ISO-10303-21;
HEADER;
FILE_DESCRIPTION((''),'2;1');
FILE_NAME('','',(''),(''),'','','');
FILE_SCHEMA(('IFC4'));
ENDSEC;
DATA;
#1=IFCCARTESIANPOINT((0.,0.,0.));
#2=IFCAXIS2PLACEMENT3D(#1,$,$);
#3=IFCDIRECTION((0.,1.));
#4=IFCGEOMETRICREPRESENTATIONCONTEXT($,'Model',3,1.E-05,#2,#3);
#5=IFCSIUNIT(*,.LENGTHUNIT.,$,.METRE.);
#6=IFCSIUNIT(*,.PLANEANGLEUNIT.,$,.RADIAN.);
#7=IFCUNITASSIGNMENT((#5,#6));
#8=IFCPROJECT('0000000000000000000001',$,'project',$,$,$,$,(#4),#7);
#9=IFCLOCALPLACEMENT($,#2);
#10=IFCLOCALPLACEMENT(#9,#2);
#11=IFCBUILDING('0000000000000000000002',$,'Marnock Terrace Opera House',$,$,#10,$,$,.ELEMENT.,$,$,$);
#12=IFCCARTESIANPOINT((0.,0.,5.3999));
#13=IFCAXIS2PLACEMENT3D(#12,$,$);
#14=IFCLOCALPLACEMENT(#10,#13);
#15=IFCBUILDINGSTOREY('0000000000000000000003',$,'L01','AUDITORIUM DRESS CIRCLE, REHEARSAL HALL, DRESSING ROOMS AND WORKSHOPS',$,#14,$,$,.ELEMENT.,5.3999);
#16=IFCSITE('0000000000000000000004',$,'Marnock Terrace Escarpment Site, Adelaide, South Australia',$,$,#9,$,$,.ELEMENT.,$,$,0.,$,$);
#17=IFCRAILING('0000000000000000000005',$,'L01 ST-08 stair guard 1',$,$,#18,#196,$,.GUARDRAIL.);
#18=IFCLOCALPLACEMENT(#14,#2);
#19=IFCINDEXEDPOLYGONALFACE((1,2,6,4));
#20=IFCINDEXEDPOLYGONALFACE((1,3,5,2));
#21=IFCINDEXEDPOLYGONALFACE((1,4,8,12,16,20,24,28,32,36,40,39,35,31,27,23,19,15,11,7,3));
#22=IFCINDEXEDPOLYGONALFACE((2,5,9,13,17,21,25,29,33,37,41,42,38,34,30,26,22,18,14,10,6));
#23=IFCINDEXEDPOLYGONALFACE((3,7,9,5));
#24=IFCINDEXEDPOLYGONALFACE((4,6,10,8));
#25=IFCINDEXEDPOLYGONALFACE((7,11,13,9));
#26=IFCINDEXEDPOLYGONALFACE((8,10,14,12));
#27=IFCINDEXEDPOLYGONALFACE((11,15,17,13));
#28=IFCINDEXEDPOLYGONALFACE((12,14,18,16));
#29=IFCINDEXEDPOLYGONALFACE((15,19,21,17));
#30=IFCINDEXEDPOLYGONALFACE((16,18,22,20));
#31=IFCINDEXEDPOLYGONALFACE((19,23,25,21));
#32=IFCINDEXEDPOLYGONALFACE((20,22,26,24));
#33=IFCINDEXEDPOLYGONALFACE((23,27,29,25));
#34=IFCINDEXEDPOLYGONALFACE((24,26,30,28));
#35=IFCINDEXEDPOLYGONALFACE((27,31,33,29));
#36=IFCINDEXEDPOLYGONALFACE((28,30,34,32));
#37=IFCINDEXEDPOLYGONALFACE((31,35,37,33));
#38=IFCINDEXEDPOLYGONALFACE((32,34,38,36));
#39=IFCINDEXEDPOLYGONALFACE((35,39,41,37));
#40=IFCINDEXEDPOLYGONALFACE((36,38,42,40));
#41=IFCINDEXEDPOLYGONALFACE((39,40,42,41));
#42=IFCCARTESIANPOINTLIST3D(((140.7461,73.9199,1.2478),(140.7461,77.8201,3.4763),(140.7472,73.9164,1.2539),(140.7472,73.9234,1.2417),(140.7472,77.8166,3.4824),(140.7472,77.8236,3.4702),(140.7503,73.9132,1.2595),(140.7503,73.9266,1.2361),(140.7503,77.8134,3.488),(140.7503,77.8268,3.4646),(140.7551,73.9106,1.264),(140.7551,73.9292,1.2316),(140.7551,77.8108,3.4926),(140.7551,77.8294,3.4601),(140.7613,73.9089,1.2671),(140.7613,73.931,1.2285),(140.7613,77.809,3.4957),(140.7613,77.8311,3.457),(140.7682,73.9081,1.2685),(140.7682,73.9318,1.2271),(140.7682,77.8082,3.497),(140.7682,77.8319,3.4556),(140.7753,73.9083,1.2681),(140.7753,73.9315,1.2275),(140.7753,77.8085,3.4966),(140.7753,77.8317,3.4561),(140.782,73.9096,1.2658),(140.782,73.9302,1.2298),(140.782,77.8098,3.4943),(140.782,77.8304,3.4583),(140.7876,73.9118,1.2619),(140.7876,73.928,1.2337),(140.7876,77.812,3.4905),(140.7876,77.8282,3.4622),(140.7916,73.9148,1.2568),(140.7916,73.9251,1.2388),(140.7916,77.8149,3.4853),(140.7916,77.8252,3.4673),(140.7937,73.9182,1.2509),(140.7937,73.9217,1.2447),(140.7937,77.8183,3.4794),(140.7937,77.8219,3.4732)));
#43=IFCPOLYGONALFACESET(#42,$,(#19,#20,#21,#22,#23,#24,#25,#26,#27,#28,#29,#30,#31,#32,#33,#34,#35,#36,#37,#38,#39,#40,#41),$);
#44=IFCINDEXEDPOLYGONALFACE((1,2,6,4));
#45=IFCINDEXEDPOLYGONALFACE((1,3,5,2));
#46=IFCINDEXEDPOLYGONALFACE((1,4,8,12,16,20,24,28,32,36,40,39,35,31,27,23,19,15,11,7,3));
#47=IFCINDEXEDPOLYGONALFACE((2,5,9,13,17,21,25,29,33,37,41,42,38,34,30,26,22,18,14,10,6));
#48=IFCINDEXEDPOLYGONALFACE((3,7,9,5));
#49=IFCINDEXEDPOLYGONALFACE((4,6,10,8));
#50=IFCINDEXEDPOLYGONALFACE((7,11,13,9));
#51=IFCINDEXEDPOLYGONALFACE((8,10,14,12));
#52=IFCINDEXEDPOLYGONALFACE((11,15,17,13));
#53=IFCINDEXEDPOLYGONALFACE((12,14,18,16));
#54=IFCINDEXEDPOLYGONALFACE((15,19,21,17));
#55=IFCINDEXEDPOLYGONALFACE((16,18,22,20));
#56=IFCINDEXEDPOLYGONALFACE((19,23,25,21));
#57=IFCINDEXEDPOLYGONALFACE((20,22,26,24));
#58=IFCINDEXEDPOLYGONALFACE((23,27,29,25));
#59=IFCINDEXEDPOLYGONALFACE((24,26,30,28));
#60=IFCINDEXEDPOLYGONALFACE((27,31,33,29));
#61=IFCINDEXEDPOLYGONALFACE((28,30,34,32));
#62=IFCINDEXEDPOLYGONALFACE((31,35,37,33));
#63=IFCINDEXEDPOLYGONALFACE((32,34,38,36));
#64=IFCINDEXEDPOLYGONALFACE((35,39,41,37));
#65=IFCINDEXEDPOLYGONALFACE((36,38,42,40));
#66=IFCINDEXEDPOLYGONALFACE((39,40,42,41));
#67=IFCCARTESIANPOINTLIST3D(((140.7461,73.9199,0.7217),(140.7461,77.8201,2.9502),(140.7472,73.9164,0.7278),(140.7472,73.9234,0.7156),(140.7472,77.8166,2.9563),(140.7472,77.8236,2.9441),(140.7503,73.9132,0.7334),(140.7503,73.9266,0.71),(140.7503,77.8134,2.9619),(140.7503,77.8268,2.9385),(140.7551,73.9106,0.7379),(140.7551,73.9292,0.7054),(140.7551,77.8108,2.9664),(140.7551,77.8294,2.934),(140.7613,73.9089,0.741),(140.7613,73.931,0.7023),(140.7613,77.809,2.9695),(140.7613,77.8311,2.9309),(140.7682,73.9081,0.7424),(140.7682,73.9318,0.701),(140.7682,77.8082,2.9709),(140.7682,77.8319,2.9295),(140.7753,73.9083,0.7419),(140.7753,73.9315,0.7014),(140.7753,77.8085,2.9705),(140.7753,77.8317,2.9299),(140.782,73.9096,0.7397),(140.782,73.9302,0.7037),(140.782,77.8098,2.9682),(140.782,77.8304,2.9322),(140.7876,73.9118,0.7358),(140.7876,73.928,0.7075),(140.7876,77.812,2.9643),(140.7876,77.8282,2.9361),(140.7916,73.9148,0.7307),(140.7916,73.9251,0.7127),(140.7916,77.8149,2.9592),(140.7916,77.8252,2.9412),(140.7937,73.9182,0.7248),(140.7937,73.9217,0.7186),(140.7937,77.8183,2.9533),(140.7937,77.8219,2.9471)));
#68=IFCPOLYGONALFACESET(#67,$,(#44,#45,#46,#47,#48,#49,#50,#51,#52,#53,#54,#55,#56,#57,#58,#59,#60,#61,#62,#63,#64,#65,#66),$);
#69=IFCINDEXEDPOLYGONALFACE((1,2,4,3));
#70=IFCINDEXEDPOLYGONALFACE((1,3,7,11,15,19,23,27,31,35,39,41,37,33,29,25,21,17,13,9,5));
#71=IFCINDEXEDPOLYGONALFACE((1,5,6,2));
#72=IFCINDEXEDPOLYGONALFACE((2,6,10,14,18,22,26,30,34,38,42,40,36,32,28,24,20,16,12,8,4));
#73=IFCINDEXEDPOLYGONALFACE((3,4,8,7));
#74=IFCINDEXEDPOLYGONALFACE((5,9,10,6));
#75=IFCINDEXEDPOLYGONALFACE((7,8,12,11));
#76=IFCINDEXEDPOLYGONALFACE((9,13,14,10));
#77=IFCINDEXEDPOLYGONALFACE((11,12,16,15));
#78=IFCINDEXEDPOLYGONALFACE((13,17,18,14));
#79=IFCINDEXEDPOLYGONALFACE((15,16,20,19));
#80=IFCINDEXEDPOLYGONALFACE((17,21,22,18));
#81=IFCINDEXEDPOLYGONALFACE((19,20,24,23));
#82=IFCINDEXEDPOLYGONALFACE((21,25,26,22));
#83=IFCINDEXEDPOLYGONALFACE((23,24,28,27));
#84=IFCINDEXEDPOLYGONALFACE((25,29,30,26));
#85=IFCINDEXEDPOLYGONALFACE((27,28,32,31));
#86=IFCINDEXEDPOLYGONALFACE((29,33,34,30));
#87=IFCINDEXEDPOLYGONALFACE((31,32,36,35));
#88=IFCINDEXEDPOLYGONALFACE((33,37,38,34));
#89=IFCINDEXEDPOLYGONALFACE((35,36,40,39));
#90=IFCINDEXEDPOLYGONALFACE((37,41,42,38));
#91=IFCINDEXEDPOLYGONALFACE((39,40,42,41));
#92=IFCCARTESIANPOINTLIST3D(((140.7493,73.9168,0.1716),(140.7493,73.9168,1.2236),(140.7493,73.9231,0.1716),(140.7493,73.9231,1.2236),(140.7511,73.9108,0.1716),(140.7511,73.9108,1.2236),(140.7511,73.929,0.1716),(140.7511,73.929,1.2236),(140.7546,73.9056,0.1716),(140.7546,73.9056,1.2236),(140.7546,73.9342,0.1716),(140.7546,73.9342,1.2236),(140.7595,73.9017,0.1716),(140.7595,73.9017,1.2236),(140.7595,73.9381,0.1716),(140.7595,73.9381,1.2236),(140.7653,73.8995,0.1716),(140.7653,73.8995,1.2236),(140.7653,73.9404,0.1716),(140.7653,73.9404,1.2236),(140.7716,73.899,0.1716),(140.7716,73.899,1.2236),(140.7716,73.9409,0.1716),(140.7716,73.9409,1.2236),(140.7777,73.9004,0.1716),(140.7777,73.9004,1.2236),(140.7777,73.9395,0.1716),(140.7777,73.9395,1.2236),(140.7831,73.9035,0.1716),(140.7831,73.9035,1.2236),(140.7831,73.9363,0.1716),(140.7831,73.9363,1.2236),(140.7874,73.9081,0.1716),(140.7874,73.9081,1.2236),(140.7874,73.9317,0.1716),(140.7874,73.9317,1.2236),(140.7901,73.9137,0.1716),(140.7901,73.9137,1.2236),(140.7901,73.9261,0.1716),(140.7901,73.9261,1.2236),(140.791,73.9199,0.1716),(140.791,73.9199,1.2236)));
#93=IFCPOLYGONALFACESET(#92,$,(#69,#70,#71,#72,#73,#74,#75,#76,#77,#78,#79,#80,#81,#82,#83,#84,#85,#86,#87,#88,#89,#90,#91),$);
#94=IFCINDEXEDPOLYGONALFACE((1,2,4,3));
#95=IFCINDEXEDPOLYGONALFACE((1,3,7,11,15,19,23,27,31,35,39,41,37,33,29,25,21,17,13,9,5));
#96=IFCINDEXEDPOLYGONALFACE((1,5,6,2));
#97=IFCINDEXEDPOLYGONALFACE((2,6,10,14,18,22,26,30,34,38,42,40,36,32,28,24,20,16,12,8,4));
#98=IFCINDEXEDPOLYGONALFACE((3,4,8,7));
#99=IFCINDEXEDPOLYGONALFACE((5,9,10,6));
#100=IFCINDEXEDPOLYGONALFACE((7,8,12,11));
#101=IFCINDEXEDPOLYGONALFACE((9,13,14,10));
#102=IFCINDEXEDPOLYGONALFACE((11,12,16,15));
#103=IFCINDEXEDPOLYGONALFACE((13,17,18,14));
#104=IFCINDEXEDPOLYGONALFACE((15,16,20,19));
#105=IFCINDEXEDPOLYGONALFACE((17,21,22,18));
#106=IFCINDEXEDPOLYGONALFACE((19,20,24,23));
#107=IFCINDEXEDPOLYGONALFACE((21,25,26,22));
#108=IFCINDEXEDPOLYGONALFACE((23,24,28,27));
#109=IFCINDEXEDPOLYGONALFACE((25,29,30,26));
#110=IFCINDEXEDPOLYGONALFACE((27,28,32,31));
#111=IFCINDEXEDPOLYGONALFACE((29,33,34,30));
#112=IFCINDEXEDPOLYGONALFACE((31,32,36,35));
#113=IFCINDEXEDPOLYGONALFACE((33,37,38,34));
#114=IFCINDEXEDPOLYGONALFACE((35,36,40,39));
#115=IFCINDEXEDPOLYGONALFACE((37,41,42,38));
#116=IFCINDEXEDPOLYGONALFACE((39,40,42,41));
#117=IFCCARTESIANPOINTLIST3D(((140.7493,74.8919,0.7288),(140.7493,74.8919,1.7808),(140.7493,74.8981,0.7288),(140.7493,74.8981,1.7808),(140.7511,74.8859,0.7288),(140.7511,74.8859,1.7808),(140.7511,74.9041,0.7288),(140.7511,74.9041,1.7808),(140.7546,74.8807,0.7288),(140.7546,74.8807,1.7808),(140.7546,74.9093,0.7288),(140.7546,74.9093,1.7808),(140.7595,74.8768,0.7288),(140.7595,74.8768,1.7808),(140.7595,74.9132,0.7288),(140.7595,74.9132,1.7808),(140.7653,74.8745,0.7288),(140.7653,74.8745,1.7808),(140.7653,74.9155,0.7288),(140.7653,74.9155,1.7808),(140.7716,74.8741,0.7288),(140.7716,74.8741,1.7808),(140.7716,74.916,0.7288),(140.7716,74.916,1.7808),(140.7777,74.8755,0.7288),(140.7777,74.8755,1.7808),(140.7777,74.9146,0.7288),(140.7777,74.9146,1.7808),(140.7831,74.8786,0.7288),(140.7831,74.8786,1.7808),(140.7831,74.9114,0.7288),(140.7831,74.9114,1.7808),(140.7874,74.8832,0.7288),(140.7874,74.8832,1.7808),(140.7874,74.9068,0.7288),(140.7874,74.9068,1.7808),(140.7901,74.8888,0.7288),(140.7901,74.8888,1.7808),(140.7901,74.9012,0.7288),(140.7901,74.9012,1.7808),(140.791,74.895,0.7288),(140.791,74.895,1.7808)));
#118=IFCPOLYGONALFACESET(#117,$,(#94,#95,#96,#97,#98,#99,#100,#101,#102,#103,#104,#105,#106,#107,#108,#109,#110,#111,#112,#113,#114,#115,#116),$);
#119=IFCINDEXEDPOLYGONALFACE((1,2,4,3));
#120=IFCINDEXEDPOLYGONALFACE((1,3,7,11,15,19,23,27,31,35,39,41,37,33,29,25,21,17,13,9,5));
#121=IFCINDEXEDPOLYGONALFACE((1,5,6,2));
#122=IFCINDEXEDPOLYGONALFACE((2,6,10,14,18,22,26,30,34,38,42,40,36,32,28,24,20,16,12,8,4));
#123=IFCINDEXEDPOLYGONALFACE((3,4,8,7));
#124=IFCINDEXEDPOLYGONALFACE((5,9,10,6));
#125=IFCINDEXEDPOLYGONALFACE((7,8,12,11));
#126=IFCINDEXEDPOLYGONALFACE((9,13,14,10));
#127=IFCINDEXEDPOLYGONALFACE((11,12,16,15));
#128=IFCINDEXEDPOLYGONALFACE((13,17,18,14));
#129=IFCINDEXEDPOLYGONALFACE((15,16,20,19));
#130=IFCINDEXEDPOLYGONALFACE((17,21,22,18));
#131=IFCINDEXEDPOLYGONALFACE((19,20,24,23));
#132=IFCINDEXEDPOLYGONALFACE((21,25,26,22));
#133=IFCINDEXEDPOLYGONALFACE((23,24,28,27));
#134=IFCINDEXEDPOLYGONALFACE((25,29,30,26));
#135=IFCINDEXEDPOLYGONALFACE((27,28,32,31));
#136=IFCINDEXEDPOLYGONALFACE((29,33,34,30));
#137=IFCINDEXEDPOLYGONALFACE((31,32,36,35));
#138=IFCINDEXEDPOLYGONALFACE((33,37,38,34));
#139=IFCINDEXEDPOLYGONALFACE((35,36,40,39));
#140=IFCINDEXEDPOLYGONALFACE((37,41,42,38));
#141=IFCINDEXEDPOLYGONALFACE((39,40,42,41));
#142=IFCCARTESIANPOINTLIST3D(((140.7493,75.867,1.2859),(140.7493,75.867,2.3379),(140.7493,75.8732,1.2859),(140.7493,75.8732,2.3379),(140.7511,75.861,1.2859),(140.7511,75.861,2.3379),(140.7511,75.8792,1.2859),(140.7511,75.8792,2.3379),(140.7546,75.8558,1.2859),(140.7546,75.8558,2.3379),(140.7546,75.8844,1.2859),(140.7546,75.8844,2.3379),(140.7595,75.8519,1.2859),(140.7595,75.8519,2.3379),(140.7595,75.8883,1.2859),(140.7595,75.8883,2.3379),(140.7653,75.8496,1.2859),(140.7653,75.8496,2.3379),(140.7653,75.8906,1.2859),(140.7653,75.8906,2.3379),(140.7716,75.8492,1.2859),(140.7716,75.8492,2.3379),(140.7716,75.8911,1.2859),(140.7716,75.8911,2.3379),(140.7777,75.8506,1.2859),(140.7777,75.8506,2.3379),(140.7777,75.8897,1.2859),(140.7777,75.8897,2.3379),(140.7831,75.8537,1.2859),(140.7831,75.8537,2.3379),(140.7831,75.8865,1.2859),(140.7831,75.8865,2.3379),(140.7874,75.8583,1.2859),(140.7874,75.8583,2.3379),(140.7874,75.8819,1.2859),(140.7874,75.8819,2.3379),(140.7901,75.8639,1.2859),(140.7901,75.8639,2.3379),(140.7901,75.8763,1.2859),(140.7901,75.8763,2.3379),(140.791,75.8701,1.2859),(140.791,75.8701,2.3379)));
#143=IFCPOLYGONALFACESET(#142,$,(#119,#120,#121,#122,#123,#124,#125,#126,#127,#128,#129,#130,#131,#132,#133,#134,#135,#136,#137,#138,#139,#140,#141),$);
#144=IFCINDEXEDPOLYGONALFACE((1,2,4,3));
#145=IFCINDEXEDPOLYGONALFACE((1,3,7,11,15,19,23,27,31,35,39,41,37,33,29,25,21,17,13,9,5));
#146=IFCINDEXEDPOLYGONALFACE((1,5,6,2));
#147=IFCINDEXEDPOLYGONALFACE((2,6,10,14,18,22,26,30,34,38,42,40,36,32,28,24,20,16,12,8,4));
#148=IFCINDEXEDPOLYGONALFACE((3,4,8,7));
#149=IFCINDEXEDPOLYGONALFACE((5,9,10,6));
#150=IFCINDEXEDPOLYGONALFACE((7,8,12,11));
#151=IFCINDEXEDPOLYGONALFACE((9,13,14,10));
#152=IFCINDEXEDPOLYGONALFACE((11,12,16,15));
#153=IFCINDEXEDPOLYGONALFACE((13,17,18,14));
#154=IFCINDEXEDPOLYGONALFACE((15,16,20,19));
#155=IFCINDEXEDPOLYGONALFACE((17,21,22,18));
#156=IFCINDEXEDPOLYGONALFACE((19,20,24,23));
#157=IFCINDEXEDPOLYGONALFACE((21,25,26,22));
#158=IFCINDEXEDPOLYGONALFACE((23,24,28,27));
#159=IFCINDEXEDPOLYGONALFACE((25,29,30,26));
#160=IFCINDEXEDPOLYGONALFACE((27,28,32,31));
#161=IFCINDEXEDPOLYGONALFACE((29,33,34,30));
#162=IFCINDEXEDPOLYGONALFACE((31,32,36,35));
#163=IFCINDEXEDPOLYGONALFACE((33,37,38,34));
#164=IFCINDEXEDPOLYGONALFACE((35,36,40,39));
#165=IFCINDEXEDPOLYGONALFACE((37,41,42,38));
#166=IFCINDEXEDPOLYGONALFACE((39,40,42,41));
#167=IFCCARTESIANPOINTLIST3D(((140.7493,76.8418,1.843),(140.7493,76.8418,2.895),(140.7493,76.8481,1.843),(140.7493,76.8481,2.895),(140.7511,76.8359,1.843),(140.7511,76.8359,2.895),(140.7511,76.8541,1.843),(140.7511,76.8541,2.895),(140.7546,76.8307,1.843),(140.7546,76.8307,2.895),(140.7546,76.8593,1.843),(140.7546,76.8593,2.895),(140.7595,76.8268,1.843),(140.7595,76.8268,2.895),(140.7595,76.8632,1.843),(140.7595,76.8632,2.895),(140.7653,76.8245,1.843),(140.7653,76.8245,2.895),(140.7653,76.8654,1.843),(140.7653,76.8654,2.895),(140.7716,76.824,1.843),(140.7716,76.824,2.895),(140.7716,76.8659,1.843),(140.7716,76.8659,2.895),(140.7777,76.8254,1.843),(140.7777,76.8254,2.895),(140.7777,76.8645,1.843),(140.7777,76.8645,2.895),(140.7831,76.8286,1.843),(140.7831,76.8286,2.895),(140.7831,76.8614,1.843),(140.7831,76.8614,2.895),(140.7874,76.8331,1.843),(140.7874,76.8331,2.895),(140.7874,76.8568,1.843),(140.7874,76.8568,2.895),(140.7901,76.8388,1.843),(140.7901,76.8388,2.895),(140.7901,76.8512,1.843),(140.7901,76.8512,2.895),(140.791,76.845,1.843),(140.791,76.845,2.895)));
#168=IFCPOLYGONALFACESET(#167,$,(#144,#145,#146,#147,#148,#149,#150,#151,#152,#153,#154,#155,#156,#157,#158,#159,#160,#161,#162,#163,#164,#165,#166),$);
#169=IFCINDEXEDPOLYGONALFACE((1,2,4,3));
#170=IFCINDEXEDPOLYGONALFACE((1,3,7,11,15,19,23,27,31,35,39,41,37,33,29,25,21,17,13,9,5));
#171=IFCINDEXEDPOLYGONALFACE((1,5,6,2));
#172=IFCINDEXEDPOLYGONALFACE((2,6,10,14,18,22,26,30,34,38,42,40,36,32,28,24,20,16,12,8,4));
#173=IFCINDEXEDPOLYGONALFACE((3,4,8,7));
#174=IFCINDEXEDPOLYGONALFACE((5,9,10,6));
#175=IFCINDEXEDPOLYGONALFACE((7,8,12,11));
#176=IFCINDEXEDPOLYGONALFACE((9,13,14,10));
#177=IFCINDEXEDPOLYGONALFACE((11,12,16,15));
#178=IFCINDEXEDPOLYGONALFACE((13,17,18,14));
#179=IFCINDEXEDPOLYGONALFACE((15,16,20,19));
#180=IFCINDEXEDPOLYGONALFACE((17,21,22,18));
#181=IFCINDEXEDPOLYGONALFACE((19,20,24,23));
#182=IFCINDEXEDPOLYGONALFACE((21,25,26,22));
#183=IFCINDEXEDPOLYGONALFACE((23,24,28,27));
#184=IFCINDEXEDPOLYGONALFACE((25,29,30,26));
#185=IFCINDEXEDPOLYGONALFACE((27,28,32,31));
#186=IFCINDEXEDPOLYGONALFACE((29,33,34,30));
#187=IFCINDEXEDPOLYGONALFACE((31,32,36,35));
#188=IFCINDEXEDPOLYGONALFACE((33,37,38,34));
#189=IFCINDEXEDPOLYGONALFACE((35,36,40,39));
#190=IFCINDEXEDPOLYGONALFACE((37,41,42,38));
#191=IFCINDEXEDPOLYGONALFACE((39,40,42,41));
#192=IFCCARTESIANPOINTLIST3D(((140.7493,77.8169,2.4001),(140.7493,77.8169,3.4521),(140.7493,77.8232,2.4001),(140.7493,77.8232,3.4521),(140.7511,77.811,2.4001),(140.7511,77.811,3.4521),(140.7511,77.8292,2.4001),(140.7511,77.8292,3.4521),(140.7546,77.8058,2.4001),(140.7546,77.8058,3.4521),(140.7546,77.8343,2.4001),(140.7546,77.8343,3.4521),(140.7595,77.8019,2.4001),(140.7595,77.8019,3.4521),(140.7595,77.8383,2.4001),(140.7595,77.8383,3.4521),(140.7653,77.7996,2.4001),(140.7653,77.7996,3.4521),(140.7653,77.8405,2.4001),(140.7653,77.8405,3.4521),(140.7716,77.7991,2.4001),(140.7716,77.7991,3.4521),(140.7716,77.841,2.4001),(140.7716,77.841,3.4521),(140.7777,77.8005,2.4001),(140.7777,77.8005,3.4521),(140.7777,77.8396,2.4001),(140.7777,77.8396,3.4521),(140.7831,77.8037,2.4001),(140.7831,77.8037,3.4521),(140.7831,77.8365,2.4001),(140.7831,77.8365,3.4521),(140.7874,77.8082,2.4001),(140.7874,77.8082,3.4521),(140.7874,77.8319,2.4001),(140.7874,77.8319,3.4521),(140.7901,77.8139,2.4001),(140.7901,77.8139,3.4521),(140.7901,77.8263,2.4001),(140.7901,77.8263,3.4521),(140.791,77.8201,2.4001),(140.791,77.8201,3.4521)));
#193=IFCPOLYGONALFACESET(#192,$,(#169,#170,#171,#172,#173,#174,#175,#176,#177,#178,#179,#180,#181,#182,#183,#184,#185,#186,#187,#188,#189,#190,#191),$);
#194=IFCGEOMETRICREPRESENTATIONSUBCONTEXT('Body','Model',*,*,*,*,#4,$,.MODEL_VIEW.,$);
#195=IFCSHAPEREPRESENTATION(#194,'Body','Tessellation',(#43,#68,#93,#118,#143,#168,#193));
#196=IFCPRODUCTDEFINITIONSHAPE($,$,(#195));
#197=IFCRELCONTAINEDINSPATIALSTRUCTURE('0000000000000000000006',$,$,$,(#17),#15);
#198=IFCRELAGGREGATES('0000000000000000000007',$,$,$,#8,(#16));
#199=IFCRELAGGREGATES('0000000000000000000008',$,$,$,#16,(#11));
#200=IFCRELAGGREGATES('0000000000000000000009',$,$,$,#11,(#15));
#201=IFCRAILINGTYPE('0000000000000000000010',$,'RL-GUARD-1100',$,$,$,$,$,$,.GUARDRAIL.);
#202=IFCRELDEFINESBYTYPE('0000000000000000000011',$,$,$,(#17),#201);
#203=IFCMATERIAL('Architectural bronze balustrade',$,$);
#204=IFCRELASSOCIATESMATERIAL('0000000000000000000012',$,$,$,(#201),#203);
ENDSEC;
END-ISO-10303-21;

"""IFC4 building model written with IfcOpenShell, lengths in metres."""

from ifc_helpers import new_model, si_unit, direction, frame, origin, origin_2d, place, context, subcontext, project, spatial, circle, extrude, material, type_object, element, save


model = new_model("IFC4")

# Units and contexts
model_context = context("Model", 3, precision=1e-05, world=origin(), true_north=direction((0.0, 1.0)))
body_context = subcontext(model_context, "Body", "Model", "MODEL_VIEW")
ifc_project = project(units=[si_unit("LENGTHUNIT", "METRE"), si_unit("PLANEANGLEUNIT", "RADIAN")], contexts=[model_context])

# Site, building, storey
site_placement = place(None, origin())
site = spatial("IfcSite", under=ifc_project, at=site_placement, Name="Marnock Terrace Escarpment Site, Adelaide, South Australia", CompositionType="ELEMENT", RefElevation=0.0)
building_placement = place(site_placement, origin())
building = spatial("IfcBuilding", under=site, at=building_placement, Name="Marnock Terrace Opera House", CompositionType="ELEMENT")
storey_placement = place(building_placement, frame((0.0, 0.0, 5.3999)))
storey = spatial("IfcBuildingStorey", under=building, at=storey_placement, Name="L01", Description="AUDITORIUM DRESS CIRCLE, REHEARSAL HALL, DRESSING ROOMS AND WORKSHOPS", CompositionType="ELEMENT", Elevation=5.3999)

# Railing
ifc_material_1 = material(Name="Architectural bronze balustrade")
railing_type_1 = type_object("IfcRailingType", Name="RL-GUARD-1100", PredefinedType="GUARDRAIL", material=ifc_material_1)
railing_1_placement = place(storey_placement, frame((140.77, 73.9199, 0.1716)))
element("IfcRailing", 1, at=railing_1_placement, inside=storey, type_object=railing_type_1, Name="L01 ST-08 stair guard 1", PredefinedType="GUARDRAIL", context=body_context, shape_type="SweptSolid", body=[
    extrude(circle(Radius=0.0239, at=origin_2d()), frame((0.0, 0.0, 1.0762), z_axis=(0.0, 0.868257, 0.496116), x_axis=(-1.0, 0.0, 0.0)), (0.0, 0.0, 1.0), 4.4919),
    extrude(circle(Radius=0.0239, at=origin_2d()), frame((0.0, 0.0, 0.55), z_axis=(0.0, 0.868257, 0.496116), x_axis=(-1.0, 0.0, 0.0)), (0.0, 0.0, 1.0), 4.4919),
    extrude(circle(Radius=0.021, at=origin_2d()), origin(), (0.0, 0.0, 1.0), 1.052),
    extrude(circle(Radius=0.021, at=origin_2d()), frame((0.0, 0.9751, 0.5571)), (0.0, 0.0, 1.0), 1.052),
    extrude(circle(Radius=0.021, at=origin_2d()), frame((0.0, 1.9502, 1.1143)), (0.0, 0.0, 1.0), 1.052),
    extrude(circle(Radius=0.021, at=origin_2d()), frame((0.0, 2.925, 1.6714)), (0.0, 0.0, 1.0), 1.052),
    extrude(circle(Radius=0.021, at=origin_2d()), frame((0.0, 3.9001, 2.2285)), (0.0, 0.0, 1.0), 1.052),
])

save(model, "model.ifc")
